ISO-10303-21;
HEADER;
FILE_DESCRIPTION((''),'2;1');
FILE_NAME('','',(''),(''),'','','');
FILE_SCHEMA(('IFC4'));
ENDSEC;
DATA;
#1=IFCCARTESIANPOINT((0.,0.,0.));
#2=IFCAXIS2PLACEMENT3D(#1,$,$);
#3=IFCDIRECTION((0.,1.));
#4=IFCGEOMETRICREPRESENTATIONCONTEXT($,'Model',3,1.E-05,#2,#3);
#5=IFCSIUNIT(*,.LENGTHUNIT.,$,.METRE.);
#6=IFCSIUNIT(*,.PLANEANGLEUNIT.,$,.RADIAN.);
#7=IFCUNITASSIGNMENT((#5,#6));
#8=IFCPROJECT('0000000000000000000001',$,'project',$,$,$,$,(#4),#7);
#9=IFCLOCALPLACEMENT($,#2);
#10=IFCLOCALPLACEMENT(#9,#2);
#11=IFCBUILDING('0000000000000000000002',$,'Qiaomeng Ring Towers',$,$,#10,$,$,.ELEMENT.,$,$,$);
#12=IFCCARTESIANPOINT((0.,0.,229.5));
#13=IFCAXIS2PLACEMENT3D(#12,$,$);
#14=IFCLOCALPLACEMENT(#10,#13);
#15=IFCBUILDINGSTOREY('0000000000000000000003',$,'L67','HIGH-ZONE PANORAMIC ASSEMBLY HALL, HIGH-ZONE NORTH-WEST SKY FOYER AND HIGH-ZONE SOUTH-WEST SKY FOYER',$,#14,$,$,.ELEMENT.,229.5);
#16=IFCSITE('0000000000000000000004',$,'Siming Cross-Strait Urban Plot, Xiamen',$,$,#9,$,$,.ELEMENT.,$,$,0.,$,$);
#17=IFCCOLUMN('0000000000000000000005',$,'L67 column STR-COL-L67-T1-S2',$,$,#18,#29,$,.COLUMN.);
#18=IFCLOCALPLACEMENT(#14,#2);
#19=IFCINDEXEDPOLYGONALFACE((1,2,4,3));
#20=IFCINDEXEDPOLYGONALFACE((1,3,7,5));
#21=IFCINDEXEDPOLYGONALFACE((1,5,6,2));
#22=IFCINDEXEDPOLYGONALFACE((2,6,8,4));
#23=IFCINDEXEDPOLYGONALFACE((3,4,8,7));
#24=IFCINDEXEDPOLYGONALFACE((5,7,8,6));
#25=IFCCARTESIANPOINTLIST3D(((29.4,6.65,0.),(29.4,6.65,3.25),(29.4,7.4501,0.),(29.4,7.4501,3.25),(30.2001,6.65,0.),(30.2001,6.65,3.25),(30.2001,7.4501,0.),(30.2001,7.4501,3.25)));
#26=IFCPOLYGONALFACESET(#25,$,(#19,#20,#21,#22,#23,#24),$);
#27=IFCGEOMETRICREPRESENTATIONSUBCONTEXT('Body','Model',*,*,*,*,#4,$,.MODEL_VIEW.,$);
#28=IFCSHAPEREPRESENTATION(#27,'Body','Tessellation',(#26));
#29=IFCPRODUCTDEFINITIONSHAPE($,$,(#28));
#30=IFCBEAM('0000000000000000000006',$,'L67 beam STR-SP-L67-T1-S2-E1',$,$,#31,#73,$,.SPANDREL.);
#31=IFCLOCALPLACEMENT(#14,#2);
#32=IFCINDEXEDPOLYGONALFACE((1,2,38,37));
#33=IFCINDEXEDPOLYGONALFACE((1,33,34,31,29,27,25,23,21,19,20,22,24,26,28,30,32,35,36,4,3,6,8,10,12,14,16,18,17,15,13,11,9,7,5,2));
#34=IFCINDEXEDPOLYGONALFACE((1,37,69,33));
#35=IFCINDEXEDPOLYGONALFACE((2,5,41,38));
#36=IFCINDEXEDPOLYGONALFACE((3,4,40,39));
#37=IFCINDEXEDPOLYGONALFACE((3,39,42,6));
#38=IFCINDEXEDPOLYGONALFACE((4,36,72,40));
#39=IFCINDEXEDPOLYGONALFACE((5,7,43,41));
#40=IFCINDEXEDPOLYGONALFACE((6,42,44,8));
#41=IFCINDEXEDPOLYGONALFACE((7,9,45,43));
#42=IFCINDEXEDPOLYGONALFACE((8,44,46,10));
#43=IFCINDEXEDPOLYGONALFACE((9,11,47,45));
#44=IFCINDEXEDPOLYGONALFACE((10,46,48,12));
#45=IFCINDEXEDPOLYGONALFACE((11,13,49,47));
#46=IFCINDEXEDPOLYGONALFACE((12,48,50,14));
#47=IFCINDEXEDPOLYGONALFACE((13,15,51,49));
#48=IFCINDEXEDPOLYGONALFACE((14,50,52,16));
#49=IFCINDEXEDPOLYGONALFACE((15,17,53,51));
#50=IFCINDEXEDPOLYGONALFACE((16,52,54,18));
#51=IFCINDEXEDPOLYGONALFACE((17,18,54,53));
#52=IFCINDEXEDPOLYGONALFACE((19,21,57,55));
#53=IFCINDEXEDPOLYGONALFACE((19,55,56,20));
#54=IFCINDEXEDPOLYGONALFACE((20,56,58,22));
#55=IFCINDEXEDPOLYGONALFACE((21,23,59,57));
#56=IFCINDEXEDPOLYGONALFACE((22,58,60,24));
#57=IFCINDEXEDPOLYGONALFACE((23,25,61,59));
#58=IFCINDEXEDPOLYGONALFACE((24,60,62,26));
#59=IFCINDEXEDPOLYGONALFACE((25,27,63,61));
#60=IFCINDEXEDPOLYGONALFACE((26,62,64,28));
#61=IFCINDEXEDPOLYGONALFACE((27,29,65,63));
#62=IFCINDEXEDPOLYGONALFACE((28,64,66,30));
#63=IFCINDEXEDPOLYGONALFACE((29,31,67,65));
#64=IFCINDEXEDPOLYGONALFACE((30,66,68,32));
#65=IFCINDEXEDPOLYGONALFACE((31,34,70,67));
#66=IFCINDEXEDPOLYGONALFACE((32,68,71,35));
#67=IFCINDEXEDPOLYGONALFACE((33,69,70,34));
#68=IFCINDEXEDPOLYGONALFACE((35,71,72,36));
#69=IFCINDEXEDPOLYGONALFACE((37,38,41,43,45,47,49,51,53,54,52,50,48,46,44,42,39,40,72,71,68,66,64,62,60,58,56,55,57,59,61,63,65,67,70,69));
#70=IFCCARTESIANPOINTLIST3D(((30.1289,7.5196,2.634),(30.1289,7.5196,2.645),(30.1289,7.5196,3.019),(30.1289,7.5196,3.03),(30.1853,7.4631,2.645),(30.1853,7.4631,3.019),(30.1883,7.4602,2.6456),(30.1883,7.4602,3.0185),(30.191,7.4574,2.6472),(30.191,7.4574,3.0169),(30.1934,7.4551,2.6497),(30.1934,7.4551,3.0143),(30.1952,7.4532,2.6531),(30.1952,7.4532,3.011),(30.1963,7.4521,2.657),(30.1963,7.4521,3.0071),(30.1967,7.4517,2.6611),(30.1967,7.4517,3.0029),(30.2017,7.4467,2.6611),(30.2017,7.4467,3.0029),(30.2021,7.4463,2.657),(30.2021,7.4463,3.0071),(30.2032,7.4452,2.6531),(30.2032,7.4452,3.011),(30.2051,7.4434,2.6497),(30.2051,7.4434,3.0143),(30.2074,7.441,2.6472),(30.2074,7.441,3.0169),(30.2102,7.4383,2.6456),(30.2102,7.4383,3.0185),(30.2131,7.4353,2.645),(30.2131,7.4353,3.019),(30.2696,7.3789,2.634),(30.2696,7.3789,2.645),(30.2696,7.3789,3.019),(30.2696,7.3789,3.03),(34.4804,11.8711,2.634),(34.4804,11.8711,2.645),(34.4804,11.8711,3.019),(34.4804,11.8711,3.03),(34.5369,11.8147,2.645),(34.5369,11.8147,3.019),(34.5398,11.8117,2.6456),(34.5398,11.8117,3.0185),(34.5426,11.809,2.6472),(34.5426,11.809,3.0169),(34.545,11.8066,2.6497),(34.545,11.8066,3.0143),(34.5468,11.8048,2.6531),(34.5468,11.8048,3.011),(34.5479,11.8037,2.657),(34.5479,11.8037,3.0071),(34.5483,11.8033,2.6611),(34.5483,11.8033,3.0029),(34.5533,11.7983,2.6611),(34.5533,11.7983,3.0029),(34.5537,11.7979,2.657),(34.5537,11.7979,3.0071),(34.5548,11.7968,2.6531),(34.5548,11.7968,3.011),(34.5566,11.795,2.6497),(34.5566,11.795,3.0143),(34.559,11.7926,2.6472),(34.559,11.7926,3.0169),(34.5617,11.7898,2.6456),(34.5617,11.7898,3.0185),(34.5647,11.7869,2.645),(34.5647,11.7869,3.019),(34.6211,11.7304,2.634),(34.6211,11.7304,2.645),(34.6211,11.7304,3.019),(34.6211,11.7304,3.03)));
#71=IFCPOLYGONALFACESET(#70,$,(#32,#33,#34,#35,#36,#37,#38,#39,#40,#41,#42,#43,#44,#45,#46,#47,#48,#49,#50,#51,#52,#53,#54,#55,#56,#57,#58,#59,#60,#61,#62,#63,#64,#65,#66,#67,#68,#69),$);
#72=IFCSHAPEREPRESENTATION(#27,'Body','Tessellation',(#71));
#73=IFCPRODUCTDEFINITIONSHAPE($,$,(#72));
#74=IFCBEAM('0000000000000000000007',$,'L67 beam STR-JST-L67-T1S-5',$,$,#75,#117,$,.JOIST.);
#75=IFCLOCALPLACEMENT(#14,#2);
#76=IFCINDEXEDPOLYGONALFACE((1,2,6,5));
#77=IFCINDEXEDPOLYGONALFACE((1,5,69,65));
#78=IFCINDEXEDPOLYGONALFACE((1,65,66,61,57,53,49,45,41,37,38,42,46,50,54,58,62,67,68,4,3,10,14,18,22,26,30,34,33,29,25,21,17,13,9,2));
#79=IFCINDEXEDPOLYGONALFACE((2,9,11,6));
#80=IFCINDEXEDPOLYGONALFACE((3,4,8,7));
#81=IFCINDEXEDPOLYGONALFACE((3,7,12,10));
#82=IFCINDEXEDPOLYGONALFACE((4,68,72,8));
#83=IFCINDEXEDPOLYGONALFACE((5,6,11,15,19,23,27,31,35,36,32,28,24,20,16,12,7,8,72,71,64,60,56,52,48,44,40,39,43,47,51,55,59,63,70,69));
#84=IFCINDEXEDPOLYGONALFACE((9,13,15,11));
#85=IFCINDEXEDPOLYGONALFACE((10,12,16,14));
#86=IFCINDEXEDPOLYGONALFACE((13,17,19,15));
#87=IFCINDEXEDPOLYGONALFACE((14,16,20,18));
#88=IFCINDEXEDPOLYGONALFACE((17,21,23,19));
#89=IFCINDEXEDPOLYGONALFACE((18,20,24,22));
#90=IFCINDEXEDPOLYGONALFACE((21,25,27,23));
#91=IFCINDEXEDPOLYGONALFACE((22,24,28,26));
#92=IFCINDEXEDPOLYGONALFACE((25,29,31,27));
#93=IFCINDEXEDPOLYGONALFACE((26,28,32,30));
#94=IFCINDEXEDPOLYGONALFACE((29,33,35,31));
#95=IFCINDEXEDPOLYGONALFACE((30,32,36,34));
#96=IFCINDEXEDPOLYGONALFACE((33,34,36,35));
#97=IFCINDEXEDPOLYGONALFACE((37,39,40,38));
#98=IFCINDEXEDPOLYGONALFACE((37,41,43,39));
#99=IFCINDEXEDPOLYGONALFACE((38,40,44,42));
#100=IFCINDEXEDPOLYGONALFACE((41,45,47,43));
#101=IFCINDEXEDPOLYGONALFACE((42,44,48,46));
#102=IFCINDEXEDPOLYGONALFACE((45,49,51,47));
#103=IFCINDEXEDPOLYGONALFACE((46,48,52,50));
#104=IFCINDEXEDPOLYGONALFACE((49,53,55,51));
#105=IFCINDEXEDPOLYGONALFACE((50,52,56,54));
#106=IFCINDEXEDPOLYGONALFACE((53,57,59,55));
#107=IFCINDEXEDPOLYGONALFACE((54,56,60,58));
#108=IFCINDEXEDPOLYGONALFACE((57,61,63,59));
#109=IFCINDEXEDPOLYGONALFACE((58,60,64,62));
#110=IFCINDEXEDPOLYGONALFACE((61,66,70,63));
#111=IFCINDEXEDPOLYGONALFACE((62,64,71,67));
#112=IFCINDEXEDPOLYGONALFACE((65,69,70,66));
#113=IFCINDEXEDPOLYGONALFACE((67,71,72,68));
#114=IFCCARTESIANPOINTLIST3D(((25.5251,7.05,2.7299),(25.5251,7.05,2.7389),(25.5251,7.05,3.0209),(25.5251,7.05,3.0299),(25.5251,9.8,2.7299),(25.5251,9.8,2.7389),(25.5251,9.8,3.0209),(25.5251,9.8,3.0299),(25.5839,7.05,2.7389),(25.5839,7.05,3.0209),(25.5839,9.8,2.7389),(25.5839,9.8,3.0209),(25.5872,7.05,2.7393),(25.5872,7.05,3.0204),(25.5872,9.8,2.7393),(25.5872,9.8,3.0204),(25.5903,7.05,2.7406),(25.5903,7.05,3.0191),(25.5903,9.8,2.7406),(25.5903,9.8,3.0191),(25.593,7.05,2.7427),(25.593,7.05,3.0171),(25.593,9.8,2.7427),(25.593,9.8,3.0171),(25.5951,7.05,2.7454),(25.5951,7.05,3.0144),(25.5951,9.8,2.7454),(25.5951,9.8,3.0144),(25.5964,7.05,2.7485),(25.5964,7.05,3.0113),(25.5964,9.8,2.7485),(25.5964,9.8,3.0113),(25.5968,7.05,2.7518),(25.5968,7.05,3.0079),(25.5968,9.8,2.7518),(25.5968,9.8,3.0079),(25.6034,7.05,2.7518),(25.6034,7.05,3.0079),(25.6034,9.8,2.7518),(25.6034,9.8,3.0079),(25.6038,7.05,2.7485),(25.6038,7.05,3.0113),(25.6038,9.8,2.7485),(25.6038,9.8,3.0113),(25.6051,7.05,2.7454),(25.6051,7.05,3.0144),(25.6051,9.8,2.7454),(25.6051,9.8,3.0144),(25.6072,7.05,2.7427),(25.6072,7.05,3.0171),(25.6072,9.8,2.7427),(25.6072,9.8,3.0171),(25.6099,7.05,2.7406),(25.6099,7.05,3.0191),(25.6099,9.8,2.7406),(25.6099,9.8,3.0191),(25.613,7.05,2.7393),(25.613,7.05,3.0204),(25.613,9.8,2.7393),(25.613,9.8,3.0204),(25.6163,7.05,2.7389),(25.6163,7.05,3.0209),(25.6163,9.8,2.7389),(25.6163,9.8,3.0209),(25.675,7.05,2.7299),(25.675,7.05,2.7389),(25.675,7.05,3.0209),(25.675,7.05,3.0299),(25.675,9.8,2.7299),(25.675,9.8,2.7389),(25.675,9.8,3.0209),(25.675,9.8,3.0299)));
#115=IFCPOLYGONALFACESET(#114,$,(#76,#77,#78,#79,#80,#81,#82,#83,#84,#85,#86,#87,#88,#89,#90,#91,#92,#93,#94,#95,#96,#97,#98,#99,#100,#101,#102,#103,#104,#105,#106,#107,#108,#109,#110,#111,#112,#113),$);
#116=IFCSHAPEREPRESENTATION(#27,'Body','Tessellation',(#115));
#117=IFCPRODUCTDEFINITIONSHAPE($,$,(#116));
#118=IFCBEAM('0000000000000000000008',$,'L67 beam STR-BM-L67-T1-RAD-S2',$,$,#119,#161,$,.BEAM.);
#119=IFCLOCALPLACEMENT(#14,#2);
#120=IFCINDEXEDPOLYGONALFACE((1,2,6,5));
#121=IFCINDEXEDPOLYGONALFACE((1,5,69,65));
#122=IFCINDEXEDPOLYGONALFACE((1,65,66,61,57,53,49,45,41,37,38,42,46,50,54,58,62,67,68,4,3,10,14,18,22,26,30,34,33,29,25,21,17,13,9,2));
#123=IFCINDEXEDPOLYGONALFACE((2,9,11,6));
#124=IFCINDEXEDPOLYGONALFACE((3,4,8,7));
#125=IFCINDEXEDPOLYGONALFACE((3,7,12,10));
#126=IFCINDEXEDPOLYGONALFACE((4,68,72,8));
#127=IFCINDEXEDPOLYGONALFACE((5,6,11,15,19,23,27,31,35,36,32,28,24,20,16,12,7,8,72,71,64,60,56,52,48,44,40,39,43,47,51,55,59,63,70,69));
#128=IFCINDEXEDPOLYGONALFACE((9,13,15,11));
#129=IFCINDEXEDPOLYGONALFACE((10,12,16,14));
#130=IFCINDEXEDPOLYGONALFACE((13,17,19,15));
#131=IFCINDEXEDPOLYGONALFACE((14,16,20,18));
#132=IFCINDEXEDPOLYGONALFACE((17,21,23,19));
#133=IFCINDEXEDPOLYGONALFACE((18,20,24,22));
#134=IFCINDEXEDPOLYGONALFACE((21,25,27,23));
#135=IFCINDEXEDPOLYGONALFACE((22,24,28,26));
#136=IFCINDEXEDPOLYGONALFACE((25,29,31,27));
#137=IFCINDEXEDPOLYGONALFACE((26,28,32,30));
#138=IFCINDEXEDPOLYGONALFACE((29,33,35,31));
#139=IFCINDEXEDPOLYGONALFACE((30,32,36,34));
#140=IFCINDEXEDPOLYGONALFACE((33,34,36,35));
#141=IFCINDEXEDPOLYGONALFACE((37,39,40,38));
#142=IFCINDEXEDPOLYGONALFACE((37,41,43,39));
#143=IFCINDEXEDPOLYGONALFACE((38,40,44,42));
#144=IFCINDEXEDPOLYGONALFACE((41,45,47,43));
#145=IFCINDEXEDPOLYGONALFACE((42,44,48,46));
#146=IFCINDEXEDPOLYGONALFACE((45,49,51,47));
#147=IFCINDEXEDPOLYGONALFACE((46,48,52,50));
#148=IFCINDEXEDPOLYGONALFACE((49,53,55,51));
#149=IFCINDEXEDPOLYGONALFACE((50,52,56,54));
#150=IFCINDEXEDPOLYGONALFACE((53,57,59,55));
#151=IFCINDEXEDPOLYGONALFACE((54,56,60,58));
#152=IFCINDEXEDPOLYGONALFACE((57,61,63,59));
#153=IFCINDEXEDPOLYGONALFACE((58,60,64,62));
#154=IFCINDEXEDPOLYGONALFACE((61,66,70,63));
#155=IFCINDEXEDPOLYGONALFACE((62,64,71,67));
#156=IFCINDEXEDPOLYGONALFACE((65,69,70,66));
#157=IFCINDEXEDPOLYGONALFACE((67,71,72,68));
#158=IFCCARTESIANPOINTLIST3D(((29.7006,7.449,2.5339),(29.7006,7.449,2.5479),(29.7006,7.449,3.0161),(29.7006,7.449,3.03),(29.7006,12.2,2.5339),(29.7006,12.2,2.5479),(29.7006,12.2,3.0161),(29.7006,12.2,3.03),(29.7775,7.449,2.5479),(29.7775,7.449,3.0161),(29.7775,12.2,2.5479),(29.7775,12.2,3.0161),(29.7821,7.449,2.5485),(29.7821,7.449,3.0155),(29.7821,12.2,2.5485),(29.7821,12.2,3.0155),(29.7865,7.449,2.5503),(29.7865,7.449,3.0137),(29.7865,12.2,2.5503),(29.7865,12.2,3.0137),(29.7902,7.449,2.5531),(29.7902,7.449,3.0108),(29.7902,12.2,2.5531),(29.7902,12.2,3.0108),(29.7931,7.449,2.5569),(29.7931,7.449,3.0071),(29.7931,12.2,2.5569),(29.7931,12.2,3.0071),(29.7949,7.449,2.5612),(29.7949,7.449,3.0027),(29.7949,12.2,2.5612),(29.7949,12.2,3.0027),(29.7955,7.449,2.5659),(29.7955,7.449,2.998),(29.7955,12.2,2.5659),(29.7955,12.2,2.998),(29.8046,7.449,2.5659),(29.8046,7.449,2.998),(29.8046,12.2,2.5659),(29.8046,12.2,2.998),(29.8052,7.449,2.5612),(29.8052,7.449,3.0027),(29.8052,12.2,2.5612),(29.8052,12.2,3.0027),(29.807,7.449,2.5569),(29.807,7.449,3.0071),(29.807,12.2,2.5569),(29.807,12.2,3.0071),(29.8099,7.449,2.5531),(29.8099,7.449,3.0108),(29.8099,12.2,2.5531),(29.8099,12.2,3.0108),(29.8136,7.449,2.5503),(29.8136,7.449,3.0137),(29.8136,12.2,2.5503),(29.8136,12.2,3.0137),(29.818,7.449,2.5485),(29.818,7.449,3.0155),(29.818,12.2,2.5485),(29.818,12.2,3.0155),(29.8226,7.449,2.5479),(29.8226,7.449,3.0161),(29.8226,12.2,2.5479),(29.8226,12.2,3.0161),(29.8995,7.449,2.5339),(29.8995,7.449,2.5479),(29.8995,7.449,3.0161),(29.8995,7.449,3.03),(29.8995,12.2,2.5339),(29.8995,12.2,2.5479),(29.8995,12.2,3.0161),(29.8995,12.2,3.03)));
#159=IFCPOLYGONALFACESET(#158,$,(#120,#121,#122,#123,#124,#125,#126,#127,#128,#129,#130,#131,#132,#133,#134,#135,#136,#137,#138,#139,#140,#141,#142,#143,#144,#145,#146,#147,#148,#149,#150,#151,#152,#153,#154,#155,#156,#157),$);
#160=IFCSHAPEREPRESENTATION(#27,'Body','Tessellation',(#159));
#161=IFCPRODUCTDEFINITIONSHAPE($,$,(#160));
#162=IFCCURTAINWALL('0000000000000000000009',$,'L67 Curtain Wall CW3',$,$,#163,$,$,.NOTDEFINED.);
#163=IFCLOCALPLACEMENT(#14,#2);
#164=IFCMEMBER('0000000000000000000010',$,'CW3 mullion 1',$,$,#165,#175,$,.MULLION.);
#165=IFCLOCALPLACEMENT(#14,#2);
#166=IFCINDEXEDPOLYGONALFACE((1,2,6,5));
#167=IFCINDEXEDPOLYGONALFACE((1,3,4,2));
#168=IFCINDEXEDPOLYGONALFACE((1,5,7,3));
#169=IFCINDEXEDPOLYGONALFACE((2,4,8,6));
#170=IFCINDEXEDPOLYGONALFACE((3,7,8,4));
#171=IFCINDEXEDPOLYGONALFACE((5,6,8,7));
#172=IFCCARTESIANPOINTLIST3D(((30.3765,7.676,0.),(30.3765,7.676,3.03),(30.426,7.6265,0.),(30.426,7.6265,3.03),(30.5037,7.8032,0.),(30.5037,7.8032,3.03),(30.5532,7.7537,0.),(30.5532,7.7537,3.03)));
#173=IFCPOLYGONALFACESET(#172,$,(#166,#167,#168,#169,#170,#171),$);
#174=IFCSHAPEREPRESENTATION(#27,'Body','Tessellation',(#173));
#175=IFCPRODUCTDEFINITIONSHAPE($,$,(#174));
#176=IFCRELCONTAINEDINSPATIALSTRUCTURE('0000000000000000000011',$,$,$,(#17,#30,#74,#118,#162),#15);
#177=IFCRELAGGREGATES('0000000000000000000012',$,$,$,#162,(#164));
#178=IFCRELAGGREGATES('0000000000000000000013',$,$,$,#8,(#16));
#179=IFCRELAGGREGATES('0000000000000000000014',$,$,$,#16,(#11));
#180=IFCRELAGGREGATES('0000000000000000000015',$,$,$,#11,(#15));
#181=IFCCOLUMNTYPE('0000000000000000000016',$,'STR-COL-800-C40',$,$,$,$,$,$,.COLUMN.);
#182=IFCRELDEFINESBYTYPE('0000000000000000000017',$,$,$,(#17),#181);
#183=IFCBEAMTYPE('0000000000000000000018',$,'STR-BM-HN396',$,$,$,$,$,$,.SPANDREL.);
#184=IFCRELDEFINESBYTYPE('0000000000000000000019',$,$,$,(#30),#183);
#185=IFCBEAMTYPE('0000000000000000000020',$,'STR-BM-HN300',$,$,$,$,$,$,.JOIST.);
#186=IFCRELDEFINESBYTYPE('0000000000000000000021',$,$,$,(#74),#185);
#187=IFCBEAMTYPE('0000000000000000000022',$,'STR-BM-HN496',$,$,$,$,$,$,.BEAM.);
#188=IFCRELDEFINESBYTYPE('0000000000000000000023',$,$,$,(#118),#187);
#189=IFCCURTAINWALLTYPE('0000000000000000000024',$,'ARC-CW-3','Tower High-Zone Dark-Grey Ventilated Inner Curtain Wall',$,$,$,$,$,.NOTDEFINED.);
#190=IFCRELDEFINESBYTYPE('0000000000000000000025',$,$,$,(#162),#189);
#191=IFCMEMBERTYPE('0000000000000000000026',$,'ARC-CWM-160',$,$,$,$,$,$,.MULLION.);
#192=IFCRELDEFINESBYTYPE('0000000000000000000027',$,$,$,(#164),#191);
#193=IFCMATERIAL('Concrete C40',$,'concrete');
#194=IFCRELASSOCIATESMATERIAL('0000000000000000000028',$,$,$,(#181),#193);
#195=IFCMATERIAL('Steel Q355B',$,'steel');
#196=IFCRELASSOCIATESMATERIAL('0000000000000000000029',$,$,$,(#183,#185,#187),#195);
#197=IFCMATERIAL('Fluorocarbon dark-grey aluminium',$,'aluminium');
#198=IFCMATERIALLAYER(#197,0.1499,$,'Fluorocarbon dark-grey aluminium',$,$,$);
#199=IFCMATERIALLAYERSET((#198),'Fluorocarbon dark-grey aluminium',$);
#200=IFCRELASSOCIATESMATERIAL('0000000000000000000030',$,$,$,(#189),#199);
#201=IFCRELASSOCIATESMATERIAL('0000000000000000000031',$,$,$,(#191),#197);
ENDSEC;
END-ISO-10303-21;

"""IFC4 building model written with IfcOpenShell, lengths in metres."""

from ifc_helpers import new_model, si_unit, direction, frame, origin, origin_2d, place, context, subcontext, project, spatial, rectangle, i_section, extrude, source, transform, mapped, material, layer, layer_set, material_profile, profile_set, type_object, element, aggregate, save


model = new_model("IFC4")

# Units and contexts
model_context = context("Model", 3, precision=1e-05, world=origin(), true_north=direction((0.0, 1.0)))
body_context = subcontext(model_context, "Body", "Model", "MODEL_VIEW")
ifc_project = project(units=[si_unit("LENGTHUNIT", "METRE"), si_unit("PLANEANGLEUNIT", "RADIAN")], contexts=[model_context])

# Site, building, storey
site_placement = place(None, origin())
site = spatial("IfcSite", under=ifc_project, at=site_placement, Name="Siming Cross-Strait Urban Plot, Xiamen", CompositionType="ELEMENT", RefElevation=0.0)
building_placement = place(site_placement, origin())
building = spatial("IfcBuilding", under=site, at=building_placement, Name="Qiaomeng Ring Towers", CompositionType="ELEMENT")
storey_placement = place(building_placement, frame((0.0, 0.0, 229.5)))
storey = spatial("IfcBuildingStorey", under=building, at=storey_placement, Name="L67", Description="HIGH-ZONE PANORAMIC ASSEMBLY HALL, HIGH-ZONE NORTH-WEST SKY FOYER AND HIGH-ZONE SOUTH-WEST SKY FOYER", CompositionType="ELEMENT", Elevation=229.5)

# Column
ifc_material_1 = material(Name="Concrete C40", Category="concrete")
ifc_material_profile_1 = material_profile(ifc_material_1, rectangle(XDim=0.8, YDim=0.8, at=origin_2d()), Name="RC COL 800x800")
ifc_profile_set_1 = profile_set([ifc_material_profile_1], Name="Concrete C40")
column_type = type_object("IfcColumnType", Name="STR-COL-800-C40", PredefinedType="COLUMN", material=ifc_profile_set_1)
shared_shape_1 = source(origin(), body_context, "Body", "SweptSolid", [
    extrude(rectangle(XDim=0.8, YDim=0.8, at=origin_2d()), origin(), (0.0, 0.0, 1.0), 3.25),
])
column_placement = place(storey_placement, frame((29.8, 7.05, 0.0), z_axis=(0.0, 0.0, 1.0), x_axis=(1.0, 0.0, 0.0)))
element("IfcColumn", 1, at=column_placement, inside=storey, type_object=column_type, Name="L67 column STR-COL-L67-T1-S2", PredefinedType="COLUMN", context=body_context, shape_type="MappedRepresentation", body=[
    mapped(shared_shape_1, transform((0.0, 0.0, 0.0), x_axis=(1.0, 0.0, 0.0), y_axis=(0.0, 1.0, 0.0), z_axis=(0.0, 0.0, 1.0), scale=1.0)),
])

# Beams
ifc_material_2 = material(Name="Steel Q355B", Category="steel")
ifc_material_profile_2 = material_profile(ifc_material_2, i_section(OverallWidth=0.199, OverallDepth=0.396, WebThickness=0.0071, FlangeThickness=0.011, FilletRadius=0.0161, at=origin_2d()), Name="HN 396x199x7x11")
ifc_profile_set_2 = profile_set([ifc_material_profile_2], Name="Steel Q355B")
beam_type_1 = type_object("IfcBeamType", Name="STR-BM-HN396", PredefinedType="SPANDREL", material=ifc_profile_set_2)
shared_shape_2 = source(origin(), body_context, "Body", "SweptSolid", [
    extrude(i_section(OverallWidth=0.199, OverallDepth=0.396, WebThickness=0.0071, FlangeThickness=0.011, FilletRadius=0.0161, at=origin_2d()), origin(), (0.0, 0.0, 1.0), 6.1541),
])
beam_1_placement = place(storey_placement, frame((30.1992, 7.4492, 2.832), z_axis=(0.707107, 0.707107, 0.0), x_axis=(-0.707107, 0.707107, 0.0)))
element("IfcBeam", 2, at=beam_1_placement, inside=storey, type_object=beam_type_1, Name="L67 beam STR-SP-L67-T1-S2-E1", PredefinedType="SPANDREL", context=body_context, shape_type="MappedRepresentation", body=[
    mapped(shared_shape_2, transform((0.0, 0.0, 0.0), x_axis=(1.0, 0.0, 0.0), y_axis=(0.0, 1.0, 0.0), z_axis=(0.0, 0.0, 1.0), scale=1.0)),
])
ifc_material_profile_3 = material_profile(ifc_material_2, i_section(OverallWidth=0.1499, OverallDepth=0.3, WebThickness=0.0066, FlangeThickness=0.009, FilletRadius=0.0129, at=origin_2d()), Name="HN 300x150x6.5x9")
ifc_profile_set_3 = profile_set([ifc_material_profile_3], Name="Steel Q355B")
beam_type_2 = type_object("IfcBeamType", Name="STR-BM-HN300", PredefinedType="JOIST", material=ifc_profile_set_3)
shared_shape_3 = source(origin(), body_context, "Body", "SweptSolid", [
    extrude(i_section(OverallWidth=0.1499, OverallDepth=0.3, WebThickness=0.0066, FlangeThickness=0.009, FilletRadius=0.0129, at=origin_2d()), origin(), (0.0, 0.0, 1.0), 2.75),
])
beam_2_placement = place(storey_placement, frame((25.6001, 7.05, 2.8799), z_axis=(0.0, 1.0, 0.0), x_axis=(-1.0, 0.0, 0.0)))
element("IfcBeam", 3, at=beam_2_placement, inside=storey, type_object=beam_type_2, Name="L67 beam STR-JST-L67-T1S-5", PredefinedType="JOIST", context=body_context, shape_type="MappedRepresentation", body=[
    mapped(shared_shape_3, transform((0.0, 0.0, 0.0), x_axis=(1.0, 0.0, 0.0), y_axis=(0.0, 1.0, 0.0), z_axis=(0.0, 0.0, 1.0), scale=1.0)),
])
ifc_material_profile_4 = material_profile(ifc_material_2, i_section(OverallWidth=0.199, OverallDepth=0.4961, WebThickness=0.009, FlangeThickness=0.0139, FilletRadius=0.0181, at=origin_2d()), Name="HN 496x199x9x14")
ifc_profile_set_4 = profile_set([ifc_material_profile_4], Name="Steel Q355B")
beam_type_3 = type_object("IfcBeamType", Name="STR-BM-HN496", PredefinedType="BEAM", material=ifc_profile_set_4)
shared_shape_4 = source(origin(), body_context, "Body", "SweptSolid", [
    extrude(i_section(OverallWidth=0.199, OverallDepth=0.4961, WebThickness=0.009, FlangeThickness=0.0139, FilletRadius=0.0181, at=origin_2d()), origin(), (0.0, 0.0, 1.0), 4.751),
])
beam_3_placement = place(storey_placement, frame((29.8, 7.449, 2.782), z_axis=(0.0, 1.0, 0.0), x_axis=(-1.0, 0.0, 0.0)))
element("IfcBeam", 4, at=beam_3_placement, inside=storey, type_object=beam_type_3, Name="L67 beam STR-BM-L67-T1-RAD-S2", PredefinedType="BEAM", context=body_context, shape_type="MappedRepresentation", body=[
    mapped(shared_shape_4, transform((0.0, 0.0, 0.0), x_axis=(1.0, 0.0, 0.0), y_axis=(0.0, 1.0, 0.0), z_axis=(0.0, 0.0, 1.0), scale=1.0)),
])

# Curtain wall, member
ifc_material_3 = material(Name="Fluorocarbon dark-grey aluminium", Category="aluminium")
ifc_layer_1 = layer(ifc_material_3, 0.1499, Name="Fluorocarbon dark-grey aluminium")
ifc_layer_set_1 = layer_set([ifc_layer_1], Name="Fluorocarbon dark-grey aluminium")
curtain_wall_type = type_object("IfcCurtainWallType", Name="ARC-CW-3", Description="Tower High-Zone Dark-Grey Ventilated Inner Curtain Wall", PredefinedType="NOTDEFINED", material=ifc_layer_set_1)
curtain_wall_placement = place(storey_placement, origin())
curtain_wall = element("IfcCurtainWall", 5, at=curtain_wall_placement, inside=storey, type_object=curtain_wall_type, Name="L67 Curtain Wall CW3", PredefinedType="NOTDEFINED")
ifc_material_profile_5 = material_profile(ifc_material_3, rectangle(XDim=0.0701, YDim=0.1799, at=origin_2d()), Name="ALU MULL 70x180")
ifc_profile_set_5 = profile_set([ifc_material_profile_5], Name="Fluorocarbon dark-grey aluminium")
member_type_1 = type_object("IfcMemberType", Name="ARC-CWM-160", PredefinedType="MULLION", material=ifc_profile_set_5)
shared_shape_5 = source(origin(), body_context, "Body", "SweptSolid", [
    extrude(rectangle(XDim=0.0701, YDim=0.1799, at=origin_2d()), origin(), (0.0, 0.0, 1.0), 3.03),
])
member_1_placement = place(storey_placement, frame((30.4648, 7.7148, 0.0), z_axis=(0.0, 0.0, 1.0), x_axis=(-0.707107, 0.707107, 0.0)))
member_1 = element("IfcMember", 6, at=member_1_placement, type_object=member_type_1, Name="CW3 mullion 1", PredefinedType="MULLION", context=body_context, shape_type="MappedRepresentation", body=[
    mapped(shared_shape_5, transform((0.0, 0.0, 0.0), x_axis=(1.0, 0.0, 0.0), y_axis=(0.0, 1.0, 0.0), z_axis=(0.0, 0.0, 1.0), scale=1.0)),
])
aggregate(curtain_wall, [member_1])

save(model, "model.ifc")
